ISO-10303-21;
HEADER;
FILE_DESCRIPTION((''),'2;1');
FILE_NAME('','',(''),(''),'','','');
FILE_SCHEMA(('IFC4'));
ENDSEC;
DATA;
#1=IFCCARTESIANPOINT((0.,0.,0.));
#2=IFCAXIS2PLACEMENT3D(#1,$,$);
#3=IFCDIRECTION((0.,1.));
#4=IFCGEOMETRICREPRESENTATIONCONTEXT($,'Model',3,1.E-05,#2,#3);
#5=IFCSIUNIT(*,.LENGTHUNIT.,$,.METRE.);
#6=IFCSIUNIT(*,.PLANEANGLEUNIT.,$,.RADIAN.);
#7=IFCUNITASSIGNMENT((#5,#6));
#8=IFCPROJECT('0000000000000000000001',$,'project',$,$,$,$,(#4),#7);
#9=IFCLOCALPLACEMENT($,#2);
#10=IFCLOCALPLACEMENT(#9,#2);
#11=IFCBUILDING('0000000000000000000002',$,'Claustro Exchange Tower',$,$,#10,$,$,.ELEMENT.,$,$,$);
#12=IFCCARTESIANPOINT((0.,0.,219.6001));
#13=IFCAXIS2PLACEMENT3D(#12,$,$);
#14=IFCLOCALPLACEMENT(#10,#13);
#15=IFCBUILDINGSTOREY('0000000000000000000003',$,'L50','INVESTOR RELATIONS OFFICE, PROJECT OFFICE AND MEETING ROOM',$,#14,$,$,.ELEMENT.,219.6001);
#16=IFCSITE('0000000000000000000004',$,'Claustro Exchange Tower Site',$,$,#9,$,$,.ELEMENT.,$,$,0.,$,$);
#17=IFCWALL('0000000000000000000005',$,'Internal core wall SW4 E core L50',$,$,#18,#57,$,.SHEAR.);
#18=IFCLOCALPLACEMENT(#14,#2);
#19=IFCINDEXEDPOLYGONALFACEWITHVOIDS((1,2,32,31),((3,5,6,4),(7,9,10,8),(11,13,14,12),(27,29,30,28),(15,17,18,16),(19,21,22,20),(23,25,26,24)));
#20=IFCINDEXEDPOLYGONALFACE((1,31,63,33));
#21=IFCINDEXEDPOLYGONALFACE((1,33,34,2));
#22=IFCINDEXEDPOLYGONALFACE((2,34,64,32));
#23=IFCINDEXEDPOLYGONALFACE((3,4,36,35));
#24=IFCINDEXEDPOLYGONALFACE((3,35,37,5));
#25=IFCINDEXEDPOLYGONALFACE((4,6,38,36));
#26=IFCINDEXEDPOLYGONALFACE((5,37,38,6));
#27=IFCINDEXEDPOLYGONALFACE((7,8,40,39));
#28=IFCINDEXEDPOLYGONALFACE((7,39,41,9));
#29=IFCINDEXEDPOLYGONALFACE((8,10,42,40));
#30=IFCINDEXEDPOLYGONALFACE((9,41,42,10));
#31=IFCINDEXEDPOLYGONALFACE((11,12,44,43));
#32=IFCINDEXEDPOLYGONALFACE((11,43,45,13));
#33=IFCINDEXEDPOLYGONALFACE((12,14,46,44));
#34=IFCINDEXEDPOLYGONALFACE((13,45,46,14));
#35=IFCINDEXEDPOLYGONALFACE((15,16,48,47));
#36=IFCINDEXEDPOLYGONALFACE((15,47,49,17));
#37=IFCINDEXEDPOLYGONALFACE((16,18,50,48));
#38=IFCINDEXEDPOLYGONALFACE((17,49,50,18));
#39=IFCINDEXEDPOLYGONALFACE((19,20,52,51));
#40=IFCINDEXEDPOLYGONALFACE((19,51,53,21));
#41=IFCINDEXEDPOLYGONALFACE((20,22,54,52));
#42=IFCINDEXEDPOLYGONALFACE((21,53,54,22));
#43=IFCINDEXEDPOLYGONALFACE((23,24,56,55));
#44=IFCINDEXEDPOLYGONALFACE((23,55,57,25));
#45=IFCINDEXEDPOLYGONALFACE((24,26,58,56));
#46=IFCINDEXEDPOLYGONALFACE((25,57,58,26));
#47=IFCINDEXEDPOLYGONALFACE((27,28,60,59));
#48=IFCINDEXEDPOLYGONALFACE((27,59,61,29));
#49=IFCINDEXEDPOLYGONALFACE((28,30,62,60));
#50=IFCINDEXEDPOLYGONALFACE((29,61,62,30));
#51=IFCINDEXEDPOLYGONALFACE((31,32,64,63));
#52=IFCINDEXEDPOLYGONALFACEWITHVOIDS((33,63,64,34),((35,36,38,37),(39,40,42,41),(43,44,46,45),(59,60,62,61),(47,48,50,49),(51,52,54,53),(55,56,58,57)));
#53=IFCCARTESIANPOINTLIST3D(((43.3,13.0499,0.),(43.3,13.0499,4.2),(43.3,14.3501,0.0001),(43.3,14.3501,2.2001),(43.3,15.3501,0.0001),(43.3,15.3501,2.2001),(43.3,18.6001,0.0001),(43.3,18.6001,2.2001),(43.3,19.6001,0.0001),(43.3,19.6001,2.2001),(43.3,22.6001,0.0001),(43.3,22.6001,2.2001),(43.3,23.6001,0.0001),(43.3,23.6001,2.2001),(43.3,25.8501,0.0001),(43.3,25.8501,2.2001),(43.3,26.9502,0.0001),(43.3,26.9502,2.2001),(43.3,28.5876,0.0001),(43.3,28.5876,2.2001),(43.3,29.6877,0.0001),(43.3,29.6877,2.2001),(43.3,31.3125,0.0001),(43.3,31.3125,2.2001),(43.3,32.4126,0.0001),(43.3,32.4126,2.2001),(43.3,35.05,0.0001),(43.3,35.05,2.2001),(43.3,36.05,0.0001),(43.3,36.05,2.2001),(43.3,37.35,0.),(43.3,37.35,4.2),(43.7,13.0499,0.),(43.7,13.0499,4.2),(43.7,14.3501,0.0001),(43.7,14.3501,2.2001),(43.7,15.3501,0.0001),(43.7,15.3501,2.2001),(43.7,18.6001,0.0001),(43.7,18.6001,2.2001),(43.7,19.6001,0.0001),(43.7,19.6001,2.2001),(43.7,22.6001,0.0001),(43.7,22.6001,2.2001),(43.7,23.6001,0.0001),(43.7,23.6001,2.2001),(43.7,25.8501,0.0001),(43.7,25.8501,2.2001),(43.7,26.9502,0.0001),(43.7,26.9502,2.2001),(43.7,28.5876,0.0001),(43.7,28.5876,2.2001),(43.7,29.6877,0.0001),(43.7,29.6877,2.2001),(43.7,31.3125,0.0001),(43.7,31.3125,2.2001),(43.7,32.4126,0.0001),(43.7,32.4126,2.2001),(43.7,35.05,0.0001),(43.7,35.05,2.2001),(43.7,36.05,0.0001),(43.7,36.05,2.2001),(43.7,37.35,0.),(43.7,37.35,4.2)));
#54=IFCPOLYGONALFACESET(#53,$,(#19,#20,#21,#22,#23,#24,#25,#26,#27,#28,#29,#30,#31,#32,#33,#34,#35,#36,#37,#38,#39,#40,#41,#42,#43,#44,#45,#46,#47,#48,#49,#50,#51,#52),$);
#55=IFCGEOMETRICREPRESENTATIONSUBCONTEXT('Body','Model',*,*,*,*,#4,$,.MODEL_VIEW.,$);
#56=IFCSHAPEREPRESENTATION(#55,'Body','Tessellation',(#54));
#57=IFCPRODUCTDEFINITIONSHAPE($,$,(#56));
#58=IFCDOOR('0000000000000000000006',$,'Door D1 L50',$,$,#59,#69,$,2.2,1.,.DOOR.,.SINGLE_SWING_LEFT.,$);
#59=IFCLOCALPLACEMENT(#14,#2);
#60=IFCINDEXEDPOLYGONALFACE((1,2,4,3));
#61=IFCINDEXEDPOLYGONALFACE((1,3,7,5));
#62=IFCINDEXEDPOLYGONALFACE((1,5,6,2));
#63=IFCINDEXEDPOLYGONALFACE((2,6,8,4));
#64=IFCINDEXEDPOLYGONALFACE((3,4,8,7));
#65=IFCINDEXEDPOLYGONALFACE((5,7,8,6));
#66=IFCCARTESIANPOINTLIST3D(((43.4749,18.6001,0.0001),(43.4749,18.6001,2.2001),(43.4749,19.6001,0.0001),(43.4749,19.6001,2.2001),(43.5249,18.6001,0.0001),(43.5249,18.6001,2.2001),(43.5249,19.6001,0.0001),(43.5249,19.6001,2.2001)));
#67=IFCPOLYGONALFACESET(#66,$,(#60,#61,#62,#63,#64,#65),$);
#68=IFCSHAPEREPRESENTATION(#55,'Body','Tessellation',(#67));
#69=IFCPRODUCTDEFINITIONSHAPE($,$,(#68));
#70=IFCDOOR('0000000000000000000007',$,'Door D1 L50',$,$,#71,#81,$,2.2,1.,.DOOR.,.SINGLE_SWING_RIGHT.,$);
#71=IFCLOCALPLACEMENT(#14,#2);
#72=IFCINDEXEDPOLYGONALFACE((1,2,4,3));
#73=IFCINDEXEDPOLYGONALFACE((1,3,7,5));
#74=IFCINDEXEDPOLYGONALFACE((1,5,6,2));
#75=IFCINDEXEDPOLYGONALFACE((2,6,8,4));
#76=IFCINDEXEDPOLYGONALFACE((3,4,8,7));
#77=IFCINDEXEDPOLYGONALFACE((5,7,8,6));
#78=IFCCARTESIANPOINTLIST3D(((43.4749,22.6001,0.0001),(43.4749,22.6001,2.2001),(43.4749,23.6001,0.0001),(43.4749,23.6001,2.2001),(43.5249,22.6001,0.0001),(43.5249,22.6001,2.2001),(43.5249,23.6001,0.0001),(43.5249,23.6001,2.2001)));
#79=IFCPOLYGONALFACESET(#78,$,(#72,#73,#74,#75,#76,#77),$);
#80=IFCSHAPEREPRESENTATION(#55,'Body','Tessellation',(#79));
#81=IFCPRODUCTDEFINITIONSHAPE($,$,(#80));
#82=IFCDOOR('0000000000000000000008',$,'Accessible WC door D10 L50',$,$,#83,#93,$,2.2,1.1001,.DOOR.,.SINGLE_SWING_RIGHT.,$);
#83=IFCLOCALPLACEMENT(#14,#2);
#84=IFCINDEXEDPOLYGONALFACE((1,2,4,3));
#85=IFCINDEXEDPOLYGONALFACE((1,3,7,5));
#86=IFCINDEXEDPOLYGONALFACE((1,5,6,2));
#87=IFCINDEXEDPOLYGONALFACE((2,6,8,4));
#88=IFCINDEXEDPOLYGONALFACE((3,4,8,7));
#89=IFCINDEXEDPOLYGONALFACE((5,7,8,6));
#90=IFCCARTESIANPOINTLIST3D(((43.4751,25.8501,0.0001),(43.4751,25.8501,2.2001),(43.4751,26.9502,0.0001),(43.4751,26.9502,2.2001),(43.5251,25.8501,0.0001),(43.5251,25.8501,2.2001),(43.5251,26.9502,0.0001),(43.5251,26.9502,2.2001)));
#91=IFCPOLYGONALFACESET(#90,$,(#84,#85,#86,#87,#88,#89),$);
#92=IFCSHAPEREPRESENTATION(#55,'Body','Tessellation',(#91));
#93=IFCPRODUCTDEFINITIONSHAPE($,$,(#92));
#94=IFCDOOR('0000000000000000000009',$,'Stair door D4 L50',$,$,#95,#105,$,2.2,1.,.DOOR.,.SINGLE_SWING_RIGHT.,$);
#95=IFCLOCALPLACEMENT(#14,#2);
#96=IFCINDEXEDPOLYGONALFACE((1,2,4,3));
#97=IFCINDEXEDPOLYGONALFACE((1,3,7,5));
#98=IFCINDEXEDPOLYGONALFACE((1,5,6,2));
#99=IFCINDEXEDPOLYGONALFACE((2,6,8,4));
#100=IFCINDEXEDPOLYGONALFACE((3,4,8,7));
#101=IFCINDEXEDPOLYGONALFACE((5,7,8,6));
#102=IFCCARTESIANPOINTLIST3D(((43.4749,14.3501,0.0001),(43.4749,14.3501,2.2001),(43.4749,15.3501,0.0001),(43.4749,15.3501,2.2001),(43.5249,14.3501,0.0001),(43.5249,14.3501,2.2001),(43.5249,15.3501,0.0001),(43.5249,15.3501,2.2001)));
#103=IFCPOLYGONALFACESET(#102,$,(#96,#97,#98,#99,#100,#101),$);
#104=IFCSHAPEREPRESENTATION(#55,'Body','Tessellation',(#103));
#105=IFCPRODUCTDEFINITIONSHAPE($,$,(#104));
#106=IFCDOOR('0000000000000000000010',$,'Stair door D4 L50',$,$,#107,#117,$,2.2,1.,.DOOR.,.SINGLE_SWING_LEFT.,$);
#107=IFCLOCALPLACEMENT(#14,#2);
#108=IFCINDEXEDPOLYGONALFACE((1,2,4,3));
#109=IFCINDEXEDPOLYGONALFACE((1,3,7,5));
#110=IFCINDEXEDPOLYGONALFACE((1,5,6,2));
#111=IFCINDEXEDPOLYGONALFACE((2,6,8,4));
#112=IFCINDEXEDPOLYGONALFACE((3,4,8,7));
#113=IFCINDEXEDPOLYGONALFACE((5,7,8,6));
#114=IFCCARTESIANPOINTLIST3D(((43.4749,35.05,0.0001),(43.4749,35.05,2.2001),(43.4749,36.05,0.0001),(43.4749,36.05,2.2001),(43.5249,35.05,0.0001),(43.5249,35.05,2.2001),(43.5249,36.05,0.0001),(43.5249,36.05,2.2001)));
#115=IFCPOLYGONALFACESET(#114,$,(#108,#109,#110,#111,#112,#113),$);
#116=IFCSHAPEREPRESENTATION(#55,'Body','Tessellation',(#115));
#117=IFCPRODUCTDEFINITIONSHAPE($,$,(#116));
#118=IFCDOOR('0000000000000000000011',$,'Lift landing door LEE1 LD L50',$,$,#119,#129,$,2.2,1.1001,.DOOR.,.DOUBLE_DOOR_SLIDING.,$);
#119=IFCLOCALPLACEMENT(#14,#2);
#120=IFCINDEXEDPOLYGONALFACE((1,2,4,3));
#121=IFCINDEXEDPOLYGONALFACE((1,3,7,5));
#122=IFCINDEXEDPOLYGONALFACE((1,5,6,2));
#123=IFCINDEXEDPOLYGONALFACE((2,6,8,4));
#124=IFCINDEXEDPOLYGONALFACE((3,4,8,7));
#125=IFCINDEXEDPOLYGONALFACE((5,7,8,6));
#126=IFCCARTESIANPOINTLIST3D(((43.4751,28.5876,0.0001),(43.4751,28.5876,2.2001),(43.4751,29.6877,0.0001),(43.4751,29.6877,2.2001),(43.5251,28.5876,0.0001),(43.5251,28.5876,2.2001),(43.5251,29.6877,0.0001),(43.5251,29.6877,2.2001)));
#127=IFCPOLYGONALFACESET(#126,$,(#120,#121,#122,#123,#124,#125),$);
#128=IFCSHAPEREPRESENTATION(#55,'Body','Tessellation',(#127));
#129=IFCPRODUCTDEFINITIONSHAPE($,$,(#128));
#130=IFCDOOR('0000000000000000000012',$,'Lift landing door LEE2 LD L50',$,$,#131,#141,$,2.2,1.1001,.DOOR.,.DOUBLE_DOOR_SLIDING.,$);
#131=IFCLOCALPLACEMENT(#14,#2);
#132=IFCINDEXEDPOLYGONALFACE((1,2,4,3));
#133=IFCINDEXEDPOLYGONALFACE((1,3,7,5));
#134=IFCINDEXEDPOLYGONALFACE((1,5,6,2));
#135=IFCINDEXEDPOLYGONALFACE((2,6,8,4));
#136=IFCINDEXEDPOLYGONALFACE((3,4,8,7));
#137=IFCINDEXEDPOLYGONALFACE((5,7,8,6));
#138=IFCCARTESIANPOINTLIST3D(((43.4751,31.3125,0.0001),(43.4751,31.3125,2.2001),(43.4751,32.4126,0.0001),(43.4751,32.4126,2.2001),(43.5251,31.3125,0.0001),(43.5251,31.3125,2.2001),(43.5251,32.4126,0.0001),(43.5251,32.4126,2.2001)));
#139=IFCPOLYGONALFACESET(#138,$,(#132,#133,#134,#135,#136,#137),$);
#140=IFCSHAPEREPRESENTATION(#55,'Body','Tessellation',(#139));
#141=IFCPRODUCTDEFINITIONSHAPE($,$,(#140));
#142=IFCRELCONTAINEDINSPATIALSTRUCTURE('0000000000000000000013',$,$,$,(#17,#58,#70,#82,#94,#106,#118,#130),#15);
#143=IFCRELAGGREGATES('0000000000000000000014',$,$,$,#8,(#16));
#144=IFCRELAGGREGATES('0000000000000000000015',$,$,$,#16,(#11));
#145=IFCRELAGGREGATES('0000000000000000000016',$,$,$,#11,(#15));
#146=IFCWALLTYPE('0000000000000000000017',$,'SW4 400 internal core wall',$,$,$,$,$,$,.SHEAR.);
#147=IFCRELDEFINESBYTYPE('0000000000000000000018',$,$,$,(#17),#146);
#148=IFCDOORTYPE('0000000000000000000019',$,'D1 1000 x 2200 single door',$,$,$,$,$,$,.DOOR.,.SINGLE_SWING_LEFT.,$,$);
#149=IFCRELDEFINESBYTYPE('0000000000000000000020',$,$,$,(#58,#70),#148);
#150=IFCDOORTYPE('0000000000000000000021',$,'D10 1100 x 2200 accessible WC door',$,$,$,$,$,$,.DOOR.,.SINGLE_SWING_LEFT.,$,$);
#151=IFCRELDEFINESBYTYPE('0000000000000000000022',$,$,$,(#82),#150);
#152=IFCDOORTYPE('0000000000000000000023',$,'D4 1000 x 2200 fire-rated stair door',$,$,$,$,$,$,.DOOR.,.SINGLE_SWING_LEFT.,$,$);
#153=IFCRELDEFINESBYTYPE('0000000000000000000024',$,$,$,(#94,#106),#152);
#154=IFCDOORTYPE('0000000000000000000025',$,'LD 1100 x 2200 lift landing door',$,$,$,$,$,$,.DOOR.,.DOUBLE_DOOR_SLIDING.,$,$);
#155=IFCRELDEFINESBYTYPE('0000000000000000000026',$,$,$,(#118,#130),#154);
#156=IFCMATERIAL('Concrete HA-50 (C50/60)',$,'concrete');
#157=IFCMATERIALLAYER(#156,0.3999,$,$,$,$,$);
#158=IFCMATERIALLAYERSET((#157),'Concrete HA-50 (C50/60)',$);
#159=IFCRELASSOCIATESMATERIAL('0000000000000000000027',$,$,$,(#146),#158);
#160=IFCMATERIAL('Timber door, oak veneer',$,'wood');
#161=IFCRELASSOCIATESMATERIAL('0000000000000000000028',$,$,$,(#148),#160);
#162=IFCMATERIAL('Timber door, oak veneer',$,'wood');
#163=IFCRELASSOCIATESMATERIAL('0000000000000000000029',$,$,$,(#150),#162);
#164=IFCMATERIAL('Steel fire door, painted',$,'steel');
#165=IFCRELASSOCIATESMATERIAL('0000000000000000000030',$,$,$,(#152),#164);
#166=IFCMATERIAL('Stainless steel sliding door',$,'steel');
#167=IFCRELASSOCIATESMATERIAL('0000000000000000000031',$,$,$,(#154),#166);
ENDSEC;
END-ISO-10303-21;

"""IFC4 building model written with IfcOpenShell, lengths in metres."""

from ifc_helpers import new_model, si_unit, direction, frame, frame_2d, origin, place, context, subcontext, project, spatial, rectangle, extrude, material, layer, layer_set, type_object, element, fill, save


model = new_model("IFC4")

# Units and contexts
model_context = context("Model", 3, precision=1e-05, world=origin(), true_north=direction((0.0, 1.0)))
body_context = subcontext(model_context, "Body", "Model", "MODEL_VIEW")
ifc_project = project(units=[si_unit("LENGTHUNIT", "METRE"), si_unit("PLANEANGLEUNIT", "RADIAN")], contexts=[model_context])

# Site, building, storey
site_placement = place(None, origin())
site = spatial("IfcSite", under=ifc_project, at=site_placement, Name="Claustro Exchange Tower Site", CompositionType="ELEMENT", RefElevation=0.0)
building_placement = place(site_placement, origin())
building = spatial("IfcBuilding", under=site, at=building_placement, Name="Claustro Exchange Tower", CompositionType="ELEMENT")
storey_placement = place(building_placement, frame((0.0, 0.0, 219.6001)))
storey = spatial("IfcBuildingStorey", under=building, at=storey_placement, Name="L50", Description="INVESTOR RELATIONS OFFICE, PROJECT OFFICE AND MEETING ROOM", CompositionType="ELEMENT", Elevation=219.6001)

# Wall, openings, doors
ifc_material_1 = material(Name="Concrete HA-50 (C50/60)", Category="concrete")
ifc_layer_1 = layer(ifc_material_1, 0.3999)
ifc_layer_set_1 = layer_set([ifc_layer_1], Name="Concrete HA-50 (C50/60)")
wall_type_1 = type_object("IfcWallType", Name="SW4 400 internal core wall", PredefinedType="SHEAR", material=ifc_layer_set_1)
wall_1_placement = place(storey_placement, frame((43.5, 13.05, 0.0), z_axis=(0.0, 0.0, 1.0), x_axis=(0.0, 1.0, 0.0)))
wall_1 = element("IfcWall", 1, at=wall_1_placement, inside=storey, type_object=wall_type_1, Name="Internal core wall SW4 E core L50", PredefinedType="SHEAR", context=body_context, shape_type="SweptSolid", body=[
    extrude(rectangle(XDim=24.3, YDim=0.3999, at=frame_2d((12.1499, 0.0))), origin(), (0.0, 0.0, 1.0), 4.2),
])
opening_1_placement = place(wall_1_placement, frame((1.3, 0.0, 0.0)))
opening_1 = element("IfcOpeningElement", 2, at=opening_1_placement, cuts=wall_1, PredefinedType="OPENING", context=body_context, shape_type="SweptSolid", body=[
    extrude(rectangle(XDim=1.0, YDim=2.2, at=frame_2d((0.5, 1.1001))), frame((0.0, 0.21, 0.0), z_axis=(0.0, -1.0, 0.0), x_axis=(1.0, 0.0, 0.0)), (0.0, 0.0, 1.0), 0.4199),
])
opening_2_placement = place(wall_1_placement, frame((22.0, 0.0, 0.0)))
opening_2 = element("IfcOpeningElement", 3, at=opening_2_placement, cuts=wall_1, PredefinedType="OPENING", context=body_context, shape_type="SweptSolid", body=[
    extrude(rectangle(XDim=1.0, YDim=2.2, at=frame_2d((0.5, 1.1001))), frame((0.0, 0.21, 0.0), z_axis=(0.0, -1.0, 0.0), x_axis=(1.0, 0.0, 0.0)), (0.0, 0.0, 1.0), 0.4199),
])
opening_3_placement = place(wall_1_placement, frame((5.55, 0.0, 0.0)))
opening_3 = element("IfcOpeningElement", 4, at=opening_3_placement, cuts=wall_1, PredefinedType="OPENING", context=body_context, shape_type="SweptSolid", body=[
    extrude(rectangle(XDim=1.0, YDim=2.2, at=frame_2d((0.5, 1.1001))), frame((0.0, 0.21, 0.0), z_axis=(0.0, -1.0, 0.0), x_axis=(1.0, 0.0, 0.0)), (0.0, 0.0, 1.0), 0.4199),
])
opening_4_placement = place(wall_1_placement, frame((9.55, 0.0, 0.0)))
opening_4 = element("IfcOpeningElement", 5, at=opening_4_placement, cuts=wall_1, PredefinedType="OPENING", context=body_context, shape_type="SweptSolid", body=[
    extrude(rectangle(XDim=1.0, YDim=2.2, at=frame_2d((0.5, 1.1001))), frame((0.0, 0.21, 0.0), z_axis=(0.0, -1.0, 0.0), x_axis=(1.0, 0.0, 0.0)), (0.0, 0.0, 1.0), 0.4199),
])
opening_5_placement = place(wall_1_placement, frame((12.8, 0.0, 0.0)))
opening_5 = element("IfcOpeningElement", 6, at=opening_5_placement, cuts=wall_1, PredefinedType="OPENING", context=body_context, shape_type="SweptSolid", body=[
    extrude(rectangle(XDim=1.1001, YDim=2.2, at=frame_2d((0.55, 1.1001))), frame((0.0, 0.21, 0.0), z_axis=(0.0, -1.0, 0.0), x_axis=(1.0, 0.0, 0.0)), (0.0, 0.0, 1.0), 0.4199),
])
opening_6_placement = place(wall_1_placement, frame((15.5376, 0.0, 0.0)))
opening_6 = element("IfcOpeningElement", 7, at=opening_6_placement, cuts=wall_1, PredefinedType="OPENING", context=body_context, shape_type="SweptSolid", body=[
    extrude(rectangle(XDim=1.1001, YDim=2.2, at=frame_2d((0.55, 1.1001))), frame((0.0, 0.21, 0.0), z_axis=(0.0, -1.0, 0.0), x_axis=(1.0, 0.0, 0.0)), (0.0, 0.0, 1.0), 0.4199),
])
opening_7_placement = place(wall_1_placement, frame((18.2625, 0.0, 0.0)))
opening_7 = element("IfcOpeningElement", 8, at=opening_7_placement, cuts=wall_1, PredefinedType="OPENING", context=body_context, shape_type="SweptSolid", body=[
    extrude(rectangle(XDim=1.1001, YDim=2.2, at=frame_2d((0.55, 1.1001))), frame((0.0, 0.21, 0.0), z_axis=(0.0, -1.0, 0.0), x_axis=(1.0, 0.0, 0.0)), (0.0, 0.0, 1.0), 0.4199),
])
ifc_material_2 = material(Name="Timber door, oak veneer", Category="wood")
door_type_1 = type_object("IfcDoorType", Name="D1 1000 x 2200 single door", OperationType="SINGLE_SWING_LEFT", PredefinedType="DOOR", material=ifc_material_2)
door_1_placement = place(opening_3_placement, frame((1.0, 0.0, 0.0), z_axis=(0.0, 0.0, 1.0), x_axis=(-1.0, 0.0, 0.0)))
door_1 = element("IfcDoor", 9, at=door_1_placement, inside=storey, type_object=door_type_1, Name="Door D1 L50", OperationType="SINGLE_SWING_LEFT", OverallHeight=2.2, OverallWidth=1.0, PredefinedType="DOOR", context=body_context, shape_type="SweptSolid", body=[
    extrude(rectangle(XDim=1.0, YDim=2.2, at=frame_2d((0.5, 1.1001))), frame((0.0, 0.0249, 0.0), z_axis=(0.0, -1.0, 0.0), x_axis=(1.0, 0.0, 0.0)), (0.0, 0.0, 1.0), 0.05),
])
fill(opening_3, door_1)
door_2_placement = place(opening_4_placement, frame((1.0, 0.0, 0.0), z_axis=(0.0, 0.0, 1.0), x_axis=(-1.0, 0.0, 0.0)))
door_2 = element("IfcDoor", 10, at=door_2_placement, inside=storey, type_object=door_type_1, Name="Door D1 L50", OperationType="SINGLE_SWING_RIGHT", OverallHeight=2.2, OverallWidth=1.0, PredefinedType="DOOR", context=body_context, shape_type="SweptSolid", body=[
    extrude(rectangle(XDim=1.0, YDim=2.2, at=frame_2d((0.5, 1.1001))), frame((0.0, 0.0249, 0.0), z_axis=(0.0, -1.0, 0.0), x_axis=(1.0, 0.0, 0.0)), (0.0, 0.0, 1.0), 0.05),
])
fill(opening_4, door_2)
ifc_material_3 = material(Name="Timber door, oak veneer", Category="wood")
door_type_2 = type_object("IfcDoorType", Name="D10 1100 x 2200 accessible WC door", OperationType="SINGLE_SWING_LEFT", PredefinedType="DOOR", material=ifc_material_3)
door_3_placement = place(opening_5_placement, origin())
door_3 = element("IfcDoor", 11, at=door_3_placement, inside=storey, type_object=door_type_2, Name="Accessible WC door D10 L50", OperationType="SINGLE_SWING_RIGHT", OverallHeight=2.2, OverallWidth=1.1001, PredefinedType="DOOR", context=body_context, shape_type="SweptSolid", body=[
    extrude(rectangle(XDim=1.1001, YDim=2.2, at=frame_2d((0.55, 1.1001))), frame((0.0, 0.0249, 0.0), z_axis=(0.0, -1.0, 0.0), x_axis=(1.0, 0.0, 0.0)), (0.0, 0.0, 1.0), 0.05),
])
fill(opening_5, door_3)
ifc_material_4 = material(Name="Steel fire door, painted", Category="steel")
door_type_3 = type_object("IfcDoorType", Name="D4 1000 x 2200 fire-rated stair door", OperationType="SINGLE_SWING_LEFT", PredefinedType="DOOR", material=ifc_material_4)
door_4_placement = place(opening_1_placement, frame((1.0, 0.0, 0.0), z_axis=(0.0, 0.0, 1.0), x_axis=(-1.0, 0.0, 0.0)))
door_4 = element("IfcDoor", 12, at=door_4_placement, inside=storey, type_object=door_type_3, Name="Stair door D4 L50", OperationType="SINGLE_SWING_RIGHT", OverallHeight=2.2, OverallWidth=1.0, PredefinedType="DOOR", context=body_context, shape_type="SweptSolid", body=[
    extrude(rectangle(XDim=1.0, YDim=2.2, at=frame_2d((0.5, 1.1001))), frame((0.0, 0.0249, 0.0), z_axis=(0.0, -1.0, 0.0), x_axis=(1.0, 0.0, 0.0)), (0.0, 0.0, 1.0), 0.05),
])
fill(opening_1, door_4)
door_5_placement = place(opening_2_placement, frame((1.0, 0.0, 0.0), z_axis=(0.0, 0.0, 1.0), x_axis=(-1.0, 0.0, 0.0)))
door_5 = element("IfcDoor", 13, at=door_5_placement, inside=storey, type_object=door_type_3, Name="Stair door D4 L50", OperationType="SINGLE_SWING_LEFT", OverallHeight=2.2, OverallWidth=1.0, PredefinedType="DOOR", context=body_context, shape_type="SweptSolid", body=[
    extrude(rectangle(XDim=1.0, YDim=2.2, at=frame_2d((0.5, 1.1001))), frame((0.0, 0.0249, 0.0), z_axis=(0.0, -1.0, 0.0), x_axis=(1.0, 0.0, 0.0)), (0.0, 0.0, 1.0), 0.05),
])
fill(opening_2, door_5)
ifc_material_5 = material(Name="Stainless steel sliding door", Category="steel")
door_type_4 = type_object("IfcDoorType", Name="LD 1100 x 2200 lift landing door", OperationType="DOUBLE_DOOR_SLIDING", PredefinedType="DOOR", material=ifc_material_5)
door_6_placement = place(opening_6_placement, origin())
door_6 = element("IfcDoor", 14, at=door_6_placement, inside=storey, type_object=door_type_4, Name="Lift landing door LEE1 LD L50", OperationType="DOUBLE_DOOR_SLIDING", OverallHeight=2.2, OverallWidth=1.1001, PredefinedType="DOOR", context=body_context, shape_type="SweptSolid", body=[
    extrude(rectangle(XDim=1.1001, YDim=2.2, at=frame_2d((0.55, 1.1001))), frame((0.0, 0.0249, 0.0), z_axis=(0.0, -1.0, 0.0), x_axis=(1.0, 0.0, 0.0)), (0.0, 0.0, 1.0), 0.05),
])
fill(opening_6, door_6)
door_7_placement = place(opening_7_placement, origin())
door_7 = element("IfcDoor", 15, at=door_7_placement, inside=storey, type_object=door_type_4, Name="Lift landing door LEE2 LD L50", OperationType="DOUBLE_DOOR_SLIDING", OverallHeight=2.2, OverallWidth=1.1001, PredefinedType="DOOR", context=body_context, shape_type="SweptSolid", body=[
    extrude(rectangle(XDim=1.1001, YDim=2.2, at=frame_2d((0.55, 1.1001))), frame((0.0, 0.0249, 0.0), z_axis=(0.0, -1.0, 0.0), x_axis=(1.0, 0.0, 0.0)), (0.0, 0.0, 1.0), 0.05),
])
fill(opening_7, door_7)

save(model, "model.ifc")
